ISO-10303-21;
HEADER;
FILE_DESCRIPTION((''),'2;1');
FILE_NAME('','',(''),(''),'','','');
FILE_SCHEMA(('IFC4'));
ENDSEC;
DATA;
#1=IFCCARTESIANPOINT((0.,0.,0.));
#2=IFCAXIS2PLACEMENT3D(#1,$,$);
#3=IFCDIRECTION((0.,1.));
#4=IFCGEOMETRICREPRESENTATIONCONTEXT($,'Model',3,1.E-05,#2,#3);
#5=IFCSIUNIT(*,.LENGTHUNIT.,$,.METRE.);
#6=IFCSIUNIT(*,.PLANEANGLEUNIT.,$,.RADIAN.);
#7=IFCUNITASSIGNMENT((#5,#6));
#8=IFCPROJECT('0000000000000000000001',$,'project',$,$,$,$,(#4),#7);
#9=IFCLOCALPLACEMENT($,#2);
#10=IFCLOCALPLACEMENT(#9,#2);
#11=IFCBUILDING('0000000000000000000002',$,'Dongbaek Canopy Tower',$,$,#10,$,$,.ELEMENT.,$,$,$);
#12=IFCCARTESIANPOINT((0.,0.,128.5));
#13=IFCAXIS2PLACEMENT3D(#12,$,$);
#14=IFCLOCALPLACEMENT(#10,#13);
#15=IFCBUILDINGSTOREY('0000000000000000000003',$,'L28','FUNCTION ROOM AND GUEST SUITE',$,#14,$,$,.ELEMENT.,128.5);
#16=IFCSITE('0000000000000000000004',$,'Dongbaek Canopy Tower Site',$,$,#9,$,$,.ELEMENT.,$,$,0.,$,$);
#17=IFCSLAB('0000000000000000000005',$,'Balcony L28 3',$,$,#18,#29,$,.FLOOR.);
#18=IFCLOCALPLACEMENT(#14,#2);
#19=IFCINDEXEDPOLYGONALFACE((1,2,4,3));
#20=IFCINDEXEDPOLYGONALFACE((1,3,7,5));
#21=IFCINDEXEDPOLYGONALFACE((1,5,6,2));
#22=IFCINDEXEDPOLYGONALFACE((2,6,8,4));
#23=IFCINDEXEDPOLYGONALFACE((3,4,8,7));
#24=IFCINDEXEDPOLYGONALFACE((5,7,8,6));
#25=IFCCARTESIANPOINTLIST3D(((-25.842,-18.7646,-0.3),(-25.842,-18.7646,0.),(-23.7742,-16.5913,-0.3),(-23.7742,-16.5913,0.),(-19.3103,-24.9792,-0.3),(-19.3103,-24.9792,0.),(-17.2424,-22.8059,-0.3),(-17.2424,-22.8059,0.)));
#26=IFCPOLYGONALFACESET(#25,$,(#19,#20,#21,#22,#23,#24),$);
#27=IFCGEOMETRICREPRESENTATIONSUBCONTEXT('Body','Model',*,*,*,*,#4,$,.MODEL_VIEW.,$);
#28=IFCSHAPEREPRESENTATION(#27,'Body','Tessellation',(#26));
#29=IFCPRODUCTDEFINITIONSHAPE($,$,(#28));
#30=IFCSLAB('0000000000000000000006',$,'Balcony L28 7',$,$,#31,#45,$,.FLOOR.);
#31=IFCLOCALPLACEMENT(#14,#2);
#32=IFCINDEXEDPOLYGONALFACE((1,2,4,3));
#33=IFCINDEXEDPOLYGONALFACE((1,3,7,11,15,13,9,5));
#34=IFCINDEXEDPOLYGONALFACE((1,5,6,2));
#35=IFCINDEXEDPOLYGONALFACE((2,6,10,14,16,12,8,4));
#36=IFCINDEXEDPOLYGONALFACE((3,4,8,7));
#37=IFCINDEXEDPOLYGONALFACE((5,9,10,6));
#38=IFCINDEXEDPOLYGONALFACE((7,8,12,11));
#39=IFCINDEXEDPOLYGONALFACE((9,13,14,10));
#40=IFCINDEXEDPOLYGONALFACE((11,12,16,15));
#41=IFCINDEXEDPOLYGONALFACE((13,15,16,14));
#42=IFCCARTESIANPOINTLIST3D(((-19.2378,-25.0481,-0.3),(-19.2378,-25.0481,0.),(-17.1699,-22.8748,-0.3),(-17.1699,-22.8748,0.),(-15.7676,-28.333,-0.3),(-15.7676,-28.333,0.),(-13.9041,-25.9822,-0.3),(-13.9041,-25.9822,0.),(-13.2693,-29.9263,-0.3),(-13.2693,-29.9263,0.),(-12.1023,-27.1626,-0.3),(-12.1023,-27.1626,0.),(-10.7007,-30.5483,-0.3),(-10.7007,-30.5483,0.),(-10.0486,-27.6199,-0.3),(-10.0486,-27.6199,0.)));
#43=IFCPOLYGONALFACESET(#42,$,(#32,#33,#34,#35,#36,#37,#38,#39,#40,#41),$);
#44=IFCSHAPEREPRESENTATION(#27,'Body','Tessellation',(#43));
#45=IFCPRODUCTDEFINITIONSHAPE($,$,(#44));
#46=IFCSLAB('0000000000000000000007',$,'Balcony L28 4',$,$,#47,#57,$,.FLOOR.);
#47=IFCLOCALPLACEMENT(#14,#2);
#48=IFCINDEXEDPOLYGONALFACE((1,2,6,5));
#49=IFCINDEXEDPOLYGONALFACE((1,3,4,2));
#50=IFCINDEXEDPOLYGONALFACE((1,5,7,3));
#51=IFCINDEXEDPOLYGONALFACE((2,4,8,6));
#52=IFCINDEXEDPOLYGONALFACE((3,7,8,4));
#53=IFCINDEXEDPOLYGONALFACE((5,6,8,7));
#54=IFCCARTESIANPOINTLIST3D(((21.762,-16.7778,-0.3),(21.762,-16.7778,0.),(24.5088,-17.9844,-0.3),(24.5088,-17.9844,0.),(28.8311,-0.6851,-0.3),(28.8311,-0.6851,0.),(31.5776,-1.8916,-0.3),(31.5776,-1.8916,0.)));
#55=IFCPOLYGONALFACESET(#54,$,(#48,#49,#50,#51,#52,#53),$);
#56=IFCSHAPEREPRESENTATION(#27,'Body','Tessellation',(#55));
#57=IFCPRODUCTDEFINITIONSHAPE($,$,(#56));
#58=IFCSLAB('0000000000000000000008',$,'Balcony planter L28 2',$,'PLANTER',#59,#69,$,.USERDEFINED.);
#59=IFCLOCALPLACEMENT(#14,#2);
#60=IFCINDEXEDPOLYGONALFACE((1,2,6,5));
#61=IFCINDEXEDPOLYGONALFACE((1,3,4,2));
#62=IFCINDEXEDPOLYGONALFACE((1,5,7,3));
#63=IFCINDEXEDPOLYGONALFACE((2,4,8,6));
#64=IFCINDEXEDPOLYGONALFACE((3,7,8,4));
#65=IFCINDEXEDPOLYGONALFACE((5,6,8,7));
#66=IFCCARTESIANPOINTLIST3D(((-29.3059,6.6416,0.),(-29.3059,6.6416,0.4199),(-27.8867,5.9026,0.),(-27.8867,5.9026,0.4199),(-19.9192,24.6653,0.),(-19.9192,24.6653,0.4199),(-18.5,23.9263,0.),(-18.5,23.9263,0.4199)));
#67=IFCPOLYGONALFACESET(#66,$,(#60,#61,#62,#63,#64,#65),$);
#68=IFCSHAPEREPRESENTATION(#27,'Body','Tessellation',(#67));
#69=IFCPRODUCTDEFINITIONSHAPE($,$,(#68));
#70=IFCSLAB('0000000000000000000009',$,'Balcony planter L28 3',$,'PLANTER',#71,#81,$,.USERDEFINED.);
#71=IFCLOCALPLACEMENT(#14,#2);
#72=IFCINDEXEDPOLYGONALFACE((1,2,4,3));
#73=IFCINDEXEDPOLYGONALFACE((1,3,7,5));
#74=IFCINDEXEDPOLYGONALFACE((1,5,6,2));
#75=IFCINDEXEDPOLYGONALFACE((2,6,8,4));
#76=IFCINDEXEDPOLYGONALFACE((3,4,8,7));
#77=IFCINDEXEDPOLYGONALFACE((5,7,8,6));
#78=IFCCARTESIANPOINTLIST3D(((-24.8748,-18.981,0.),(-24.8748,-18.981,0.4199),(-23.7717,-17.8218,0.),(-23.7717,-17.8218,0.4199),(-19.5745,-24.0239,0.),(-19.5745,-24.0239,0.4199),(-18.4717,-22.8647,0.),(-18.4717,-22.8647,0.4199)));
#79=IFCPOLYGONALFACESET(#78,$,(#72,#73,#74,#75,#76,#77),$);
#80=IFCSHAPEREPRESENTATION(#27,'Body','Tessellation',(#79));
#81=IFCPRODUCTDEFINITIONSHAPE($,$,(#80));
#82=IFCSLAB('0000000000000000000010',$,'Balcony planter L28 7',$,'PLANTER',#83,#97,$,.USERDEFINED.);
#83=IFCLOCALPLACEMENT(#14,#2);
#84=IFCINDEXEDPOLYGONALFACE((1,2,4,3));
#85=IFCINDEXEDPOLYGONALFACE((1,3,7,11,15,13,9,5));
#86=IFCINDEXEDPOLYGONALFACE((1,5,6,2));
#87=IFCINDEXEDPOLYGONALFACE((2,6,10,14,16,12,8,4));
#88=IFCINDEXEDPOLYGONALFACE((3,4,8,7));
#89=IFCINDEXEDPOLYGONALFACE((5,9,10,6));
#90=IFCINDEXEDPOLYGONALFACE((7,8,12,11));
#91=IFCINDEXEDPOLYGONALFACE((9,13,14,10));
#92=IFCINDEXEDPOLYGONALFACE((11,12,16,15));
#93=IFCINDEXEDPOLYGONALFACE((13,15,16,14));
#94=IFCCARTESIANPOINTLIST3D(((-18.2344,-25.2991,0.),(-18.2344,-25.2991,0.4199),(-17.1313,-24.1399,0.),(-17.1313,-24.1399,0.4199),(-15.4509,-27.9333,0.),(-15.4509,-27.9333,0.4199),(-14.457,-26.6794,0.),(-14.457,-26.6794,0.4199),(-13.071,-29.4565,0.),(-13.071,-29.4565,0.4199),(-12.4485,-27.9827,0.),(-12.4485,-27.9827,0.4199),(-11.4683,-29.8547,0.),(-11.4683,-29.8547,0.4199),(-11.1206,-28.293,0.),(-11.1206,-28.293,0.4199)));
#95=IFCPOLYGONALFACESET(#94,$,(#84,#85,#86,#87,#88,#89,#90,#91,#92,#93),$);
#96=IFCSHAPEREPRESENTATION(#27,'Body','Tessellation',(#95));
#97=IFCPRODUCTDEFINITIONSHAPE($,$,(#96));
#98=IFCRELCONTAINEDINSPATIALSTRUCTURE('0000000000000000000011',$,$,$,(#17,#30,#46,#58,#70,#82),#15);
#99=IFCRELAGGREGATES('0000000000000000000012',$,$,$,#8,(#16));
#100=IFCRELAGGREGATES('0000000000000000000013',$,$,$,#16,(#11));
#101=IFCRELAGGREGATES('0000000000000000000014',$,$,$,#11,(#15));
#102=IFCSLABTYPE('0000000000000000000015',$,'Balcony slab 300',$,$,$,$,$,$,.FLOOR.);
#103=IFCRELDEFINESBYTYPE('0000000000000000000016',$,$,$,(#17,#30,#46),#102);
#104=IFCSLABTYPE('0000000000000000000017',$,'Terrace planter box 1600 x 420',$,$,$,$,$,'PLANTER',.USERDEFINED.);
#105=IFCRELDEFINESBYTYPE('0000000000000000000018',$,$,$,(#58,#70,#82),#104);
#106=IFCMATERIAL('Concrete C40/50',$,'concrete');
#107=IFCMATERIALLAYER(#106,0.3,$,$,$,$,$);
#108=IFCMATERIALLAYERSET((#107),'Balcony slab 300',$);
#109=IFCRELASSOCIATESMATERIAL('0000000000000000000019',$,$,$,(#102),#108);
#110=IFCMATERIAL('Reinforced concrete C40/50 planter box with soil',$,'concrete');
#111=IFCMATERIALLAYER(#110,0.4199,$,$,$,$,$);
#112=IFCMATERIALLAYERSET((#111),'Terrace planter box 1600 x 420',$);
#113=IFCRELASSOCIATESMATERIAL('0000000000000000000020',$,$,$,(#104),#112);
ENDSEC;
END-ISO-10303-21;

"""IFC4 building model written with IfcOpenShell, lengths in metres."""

from ifc_helpers import new_model, si_unit, direction, frame, origin, place, context, subcontext, project, spatial, polyline, outline, extrude, material, layer, layer_set, type_object, element, save


model = new_model("IFC4")

# Units and contexts
model_context = context("Model", 3, precision=1e-05, world=origin(), true_north=direction((0.0, 1.0)))
body_context = subcontext(model_context, "Body", "Model", "MODEL_VIEW")
ifc_project = project(units=[si_unit("LENGTHUNIT", "METRE"), si_unit("PLANEANGLEUNIT", "RADIAN")], contexts=[model_context])

# Site, building, storey
site_placement = place(None, origin())
site = spatial("IfcSite", under=ifc_project, at=site_placement, Name="Dongbaek Canopy Tower Site", CompositionType="ELEMENT", RefElevation=0.0)
building_placement = place(site_placement, origin())
building = spatial("IfcBuilding", under=site, at=building_placement, Name="Dongbaek Canopy Tower", CompositionType="ELEMENT")
storey_placement = place(building_placement, frame((0.0, 0.0, 128.5)))
storey = spatial("IfcBuildingStorey", under=building, at=storey_placement, Name="L28", Description="FUNCTION ROOM AND GUEST SUITE", CompositionType="ELEMENT", Elevation=128.5)

# Slabs
ifc_material_1 = material(Name="Concrete C40/50", Category="concrete")
ifc_layer_1 = layer(ifc_material_1, 0.3)
ifc_layer_set_1 = layer_set([ifc_layer_1], Name="Balcony slab 300")
slab_type_1 = type_object("IfcSlabType", Name="Balcony slab 300", PredefinedType="FLOOR", material=ifc_layer_set_1)
slab_1_placement = place(storey_placement, frame((0.0, 0.0, -0.3)))
element("IfcSlab", 1, at=slab_1_placement, inside=storey, type_object=slab_type_1, Name="Balcony L28 3", PredefinedType="FLOOR", context=body_context, shape_type="SweptSolid", body=[
    extrude(outline(polyline([(-23.7742, -16.5913), (-17.2424, -22.8059), (-19.3103, -24.9792), (-25.842, -18.7646), (-23.7742, -16.5913)])), origin(), (0.0, 0.0, 1.0), 0.3),
])
slab_2_placement = place(storey_placement, frame((0.0, 0.0, -0.3)))
element("IfcSlab", 2, at=slab_2_placement, inside=storey, type_object=slab_type_1, Name="Balcony L28 7", PredefinedType="FLOOR", context=body_context, shape_type="SweptSolid", body=[
    extrude(outline(polyline([(-17.1699, -22.8748), (-13.9041, -25.9822), (-12.1023, -27.1626), (-10.0486, -27.6199), (-10.7007, -30.5483), (-13.2693, -29.9263), (-15.7676, -28.333), (-19.2378, -25.0481), (-17.1699, -22.8748)])), origin(), (0.0, 0.0, 1.0), 0.3),
])
slab_3_placement = place(storey_placement, frame((0.0, 0.0, -0.3)))
element("IfcSlab", 3, at=slab_3_placement, inside=storey, type_object=slab_type_1, Name="Balcony L28 4", PredefinedType="FLOOR", context=body_context, shape_type="SweptSolid", body=[
    extrude(outline(polyline([(21.762, -16.7778), (28.8311, -0.6851), (31.5776, -1.8916), (24.5088, -17.9844), (21.762, -16.7778)])), origin(), (0.0, 0.0, 1.0), 0.3),
])
ifc_material_2 = material(Name="Reinforced concrete C40/50 planter box with soil", Category="concrete")
ifc_layer_2 = layer(ifc_material_2, 0.4199)
ifc_layer_set_2 = layer_set([ifc_layer_2], Name="Terrace planter box 1600 x 420")
slab_type_2 = type_object("IfcSlabType", Name="Terrace planter box 1600 x 420", ElementType="PLANTER", PredefinedType="USERDEFINED", material=ifc_layer_set_2)
slab_4_placement = place(storey_placement, origin())
element("IfcSlab", 4, at=slab_4_placement, inside=storey, type_object=slab_type_2, Name="Balcony planter L28 2", ObjectType="PLANTER", PredefinedType="USERDEFINED", context=body_context, shape_type="SweptSolid", body=[
    extrude(outline(polyline([(-18.5, 23.9263), (-27.8867, 5.9026), (-29.3059, 6.6416), (-19.9192, 24.6653), (-18.5, 23.9263)])), origin(), (0.0, 0.0, 1.0), 0.4199),
])
slab_5_placement = place(storey_placement, origin())
element("IfcSlab", 5, at=slab_5_placement, inside=storey, type_object=slab_type_2, Name="Balcony planter L28 3", ObjectType="PLANTER", PredefinedType="USERDEFINED", context=body_context, shape_type="SweptSolid", body=[
    extrude(outline(polyline([(-23.7717, -17.8218), (-18.4717, -22.8647), (-19.5745, -24.0239), (-24.8748, -18.981), (-23.7717, -17.8218)])), origin(), (0.0, 0.0, 1.0), 0.4199),
])
slab_6_placement = place(storey_placement, origin())
element("IfcSlab", 6, at=slab_6_placement, inside=storey, type_object=slab_type_2, Name="Balcony planter L28 7", ObjectType="PLANTER", PredefinedType="USERDEFINED", context=body_context, shape_type="SweptSolid", body=[
    extrude(outline(polyline([(-17.1313, -24.1399), (-14.457, -26.6794), (-12.4485, -27.9827), (-11.1206, -28.293), (-11.4683, -29.8547), (-13.071, -29.4565), (-15.4509, -27.9333), (-18.2344, -25.2991), (-17.1313, -24.1399)])), origin(), (0.0, 0.0, 1.0), 0.4199),
])

save(model, "model.ifc")
